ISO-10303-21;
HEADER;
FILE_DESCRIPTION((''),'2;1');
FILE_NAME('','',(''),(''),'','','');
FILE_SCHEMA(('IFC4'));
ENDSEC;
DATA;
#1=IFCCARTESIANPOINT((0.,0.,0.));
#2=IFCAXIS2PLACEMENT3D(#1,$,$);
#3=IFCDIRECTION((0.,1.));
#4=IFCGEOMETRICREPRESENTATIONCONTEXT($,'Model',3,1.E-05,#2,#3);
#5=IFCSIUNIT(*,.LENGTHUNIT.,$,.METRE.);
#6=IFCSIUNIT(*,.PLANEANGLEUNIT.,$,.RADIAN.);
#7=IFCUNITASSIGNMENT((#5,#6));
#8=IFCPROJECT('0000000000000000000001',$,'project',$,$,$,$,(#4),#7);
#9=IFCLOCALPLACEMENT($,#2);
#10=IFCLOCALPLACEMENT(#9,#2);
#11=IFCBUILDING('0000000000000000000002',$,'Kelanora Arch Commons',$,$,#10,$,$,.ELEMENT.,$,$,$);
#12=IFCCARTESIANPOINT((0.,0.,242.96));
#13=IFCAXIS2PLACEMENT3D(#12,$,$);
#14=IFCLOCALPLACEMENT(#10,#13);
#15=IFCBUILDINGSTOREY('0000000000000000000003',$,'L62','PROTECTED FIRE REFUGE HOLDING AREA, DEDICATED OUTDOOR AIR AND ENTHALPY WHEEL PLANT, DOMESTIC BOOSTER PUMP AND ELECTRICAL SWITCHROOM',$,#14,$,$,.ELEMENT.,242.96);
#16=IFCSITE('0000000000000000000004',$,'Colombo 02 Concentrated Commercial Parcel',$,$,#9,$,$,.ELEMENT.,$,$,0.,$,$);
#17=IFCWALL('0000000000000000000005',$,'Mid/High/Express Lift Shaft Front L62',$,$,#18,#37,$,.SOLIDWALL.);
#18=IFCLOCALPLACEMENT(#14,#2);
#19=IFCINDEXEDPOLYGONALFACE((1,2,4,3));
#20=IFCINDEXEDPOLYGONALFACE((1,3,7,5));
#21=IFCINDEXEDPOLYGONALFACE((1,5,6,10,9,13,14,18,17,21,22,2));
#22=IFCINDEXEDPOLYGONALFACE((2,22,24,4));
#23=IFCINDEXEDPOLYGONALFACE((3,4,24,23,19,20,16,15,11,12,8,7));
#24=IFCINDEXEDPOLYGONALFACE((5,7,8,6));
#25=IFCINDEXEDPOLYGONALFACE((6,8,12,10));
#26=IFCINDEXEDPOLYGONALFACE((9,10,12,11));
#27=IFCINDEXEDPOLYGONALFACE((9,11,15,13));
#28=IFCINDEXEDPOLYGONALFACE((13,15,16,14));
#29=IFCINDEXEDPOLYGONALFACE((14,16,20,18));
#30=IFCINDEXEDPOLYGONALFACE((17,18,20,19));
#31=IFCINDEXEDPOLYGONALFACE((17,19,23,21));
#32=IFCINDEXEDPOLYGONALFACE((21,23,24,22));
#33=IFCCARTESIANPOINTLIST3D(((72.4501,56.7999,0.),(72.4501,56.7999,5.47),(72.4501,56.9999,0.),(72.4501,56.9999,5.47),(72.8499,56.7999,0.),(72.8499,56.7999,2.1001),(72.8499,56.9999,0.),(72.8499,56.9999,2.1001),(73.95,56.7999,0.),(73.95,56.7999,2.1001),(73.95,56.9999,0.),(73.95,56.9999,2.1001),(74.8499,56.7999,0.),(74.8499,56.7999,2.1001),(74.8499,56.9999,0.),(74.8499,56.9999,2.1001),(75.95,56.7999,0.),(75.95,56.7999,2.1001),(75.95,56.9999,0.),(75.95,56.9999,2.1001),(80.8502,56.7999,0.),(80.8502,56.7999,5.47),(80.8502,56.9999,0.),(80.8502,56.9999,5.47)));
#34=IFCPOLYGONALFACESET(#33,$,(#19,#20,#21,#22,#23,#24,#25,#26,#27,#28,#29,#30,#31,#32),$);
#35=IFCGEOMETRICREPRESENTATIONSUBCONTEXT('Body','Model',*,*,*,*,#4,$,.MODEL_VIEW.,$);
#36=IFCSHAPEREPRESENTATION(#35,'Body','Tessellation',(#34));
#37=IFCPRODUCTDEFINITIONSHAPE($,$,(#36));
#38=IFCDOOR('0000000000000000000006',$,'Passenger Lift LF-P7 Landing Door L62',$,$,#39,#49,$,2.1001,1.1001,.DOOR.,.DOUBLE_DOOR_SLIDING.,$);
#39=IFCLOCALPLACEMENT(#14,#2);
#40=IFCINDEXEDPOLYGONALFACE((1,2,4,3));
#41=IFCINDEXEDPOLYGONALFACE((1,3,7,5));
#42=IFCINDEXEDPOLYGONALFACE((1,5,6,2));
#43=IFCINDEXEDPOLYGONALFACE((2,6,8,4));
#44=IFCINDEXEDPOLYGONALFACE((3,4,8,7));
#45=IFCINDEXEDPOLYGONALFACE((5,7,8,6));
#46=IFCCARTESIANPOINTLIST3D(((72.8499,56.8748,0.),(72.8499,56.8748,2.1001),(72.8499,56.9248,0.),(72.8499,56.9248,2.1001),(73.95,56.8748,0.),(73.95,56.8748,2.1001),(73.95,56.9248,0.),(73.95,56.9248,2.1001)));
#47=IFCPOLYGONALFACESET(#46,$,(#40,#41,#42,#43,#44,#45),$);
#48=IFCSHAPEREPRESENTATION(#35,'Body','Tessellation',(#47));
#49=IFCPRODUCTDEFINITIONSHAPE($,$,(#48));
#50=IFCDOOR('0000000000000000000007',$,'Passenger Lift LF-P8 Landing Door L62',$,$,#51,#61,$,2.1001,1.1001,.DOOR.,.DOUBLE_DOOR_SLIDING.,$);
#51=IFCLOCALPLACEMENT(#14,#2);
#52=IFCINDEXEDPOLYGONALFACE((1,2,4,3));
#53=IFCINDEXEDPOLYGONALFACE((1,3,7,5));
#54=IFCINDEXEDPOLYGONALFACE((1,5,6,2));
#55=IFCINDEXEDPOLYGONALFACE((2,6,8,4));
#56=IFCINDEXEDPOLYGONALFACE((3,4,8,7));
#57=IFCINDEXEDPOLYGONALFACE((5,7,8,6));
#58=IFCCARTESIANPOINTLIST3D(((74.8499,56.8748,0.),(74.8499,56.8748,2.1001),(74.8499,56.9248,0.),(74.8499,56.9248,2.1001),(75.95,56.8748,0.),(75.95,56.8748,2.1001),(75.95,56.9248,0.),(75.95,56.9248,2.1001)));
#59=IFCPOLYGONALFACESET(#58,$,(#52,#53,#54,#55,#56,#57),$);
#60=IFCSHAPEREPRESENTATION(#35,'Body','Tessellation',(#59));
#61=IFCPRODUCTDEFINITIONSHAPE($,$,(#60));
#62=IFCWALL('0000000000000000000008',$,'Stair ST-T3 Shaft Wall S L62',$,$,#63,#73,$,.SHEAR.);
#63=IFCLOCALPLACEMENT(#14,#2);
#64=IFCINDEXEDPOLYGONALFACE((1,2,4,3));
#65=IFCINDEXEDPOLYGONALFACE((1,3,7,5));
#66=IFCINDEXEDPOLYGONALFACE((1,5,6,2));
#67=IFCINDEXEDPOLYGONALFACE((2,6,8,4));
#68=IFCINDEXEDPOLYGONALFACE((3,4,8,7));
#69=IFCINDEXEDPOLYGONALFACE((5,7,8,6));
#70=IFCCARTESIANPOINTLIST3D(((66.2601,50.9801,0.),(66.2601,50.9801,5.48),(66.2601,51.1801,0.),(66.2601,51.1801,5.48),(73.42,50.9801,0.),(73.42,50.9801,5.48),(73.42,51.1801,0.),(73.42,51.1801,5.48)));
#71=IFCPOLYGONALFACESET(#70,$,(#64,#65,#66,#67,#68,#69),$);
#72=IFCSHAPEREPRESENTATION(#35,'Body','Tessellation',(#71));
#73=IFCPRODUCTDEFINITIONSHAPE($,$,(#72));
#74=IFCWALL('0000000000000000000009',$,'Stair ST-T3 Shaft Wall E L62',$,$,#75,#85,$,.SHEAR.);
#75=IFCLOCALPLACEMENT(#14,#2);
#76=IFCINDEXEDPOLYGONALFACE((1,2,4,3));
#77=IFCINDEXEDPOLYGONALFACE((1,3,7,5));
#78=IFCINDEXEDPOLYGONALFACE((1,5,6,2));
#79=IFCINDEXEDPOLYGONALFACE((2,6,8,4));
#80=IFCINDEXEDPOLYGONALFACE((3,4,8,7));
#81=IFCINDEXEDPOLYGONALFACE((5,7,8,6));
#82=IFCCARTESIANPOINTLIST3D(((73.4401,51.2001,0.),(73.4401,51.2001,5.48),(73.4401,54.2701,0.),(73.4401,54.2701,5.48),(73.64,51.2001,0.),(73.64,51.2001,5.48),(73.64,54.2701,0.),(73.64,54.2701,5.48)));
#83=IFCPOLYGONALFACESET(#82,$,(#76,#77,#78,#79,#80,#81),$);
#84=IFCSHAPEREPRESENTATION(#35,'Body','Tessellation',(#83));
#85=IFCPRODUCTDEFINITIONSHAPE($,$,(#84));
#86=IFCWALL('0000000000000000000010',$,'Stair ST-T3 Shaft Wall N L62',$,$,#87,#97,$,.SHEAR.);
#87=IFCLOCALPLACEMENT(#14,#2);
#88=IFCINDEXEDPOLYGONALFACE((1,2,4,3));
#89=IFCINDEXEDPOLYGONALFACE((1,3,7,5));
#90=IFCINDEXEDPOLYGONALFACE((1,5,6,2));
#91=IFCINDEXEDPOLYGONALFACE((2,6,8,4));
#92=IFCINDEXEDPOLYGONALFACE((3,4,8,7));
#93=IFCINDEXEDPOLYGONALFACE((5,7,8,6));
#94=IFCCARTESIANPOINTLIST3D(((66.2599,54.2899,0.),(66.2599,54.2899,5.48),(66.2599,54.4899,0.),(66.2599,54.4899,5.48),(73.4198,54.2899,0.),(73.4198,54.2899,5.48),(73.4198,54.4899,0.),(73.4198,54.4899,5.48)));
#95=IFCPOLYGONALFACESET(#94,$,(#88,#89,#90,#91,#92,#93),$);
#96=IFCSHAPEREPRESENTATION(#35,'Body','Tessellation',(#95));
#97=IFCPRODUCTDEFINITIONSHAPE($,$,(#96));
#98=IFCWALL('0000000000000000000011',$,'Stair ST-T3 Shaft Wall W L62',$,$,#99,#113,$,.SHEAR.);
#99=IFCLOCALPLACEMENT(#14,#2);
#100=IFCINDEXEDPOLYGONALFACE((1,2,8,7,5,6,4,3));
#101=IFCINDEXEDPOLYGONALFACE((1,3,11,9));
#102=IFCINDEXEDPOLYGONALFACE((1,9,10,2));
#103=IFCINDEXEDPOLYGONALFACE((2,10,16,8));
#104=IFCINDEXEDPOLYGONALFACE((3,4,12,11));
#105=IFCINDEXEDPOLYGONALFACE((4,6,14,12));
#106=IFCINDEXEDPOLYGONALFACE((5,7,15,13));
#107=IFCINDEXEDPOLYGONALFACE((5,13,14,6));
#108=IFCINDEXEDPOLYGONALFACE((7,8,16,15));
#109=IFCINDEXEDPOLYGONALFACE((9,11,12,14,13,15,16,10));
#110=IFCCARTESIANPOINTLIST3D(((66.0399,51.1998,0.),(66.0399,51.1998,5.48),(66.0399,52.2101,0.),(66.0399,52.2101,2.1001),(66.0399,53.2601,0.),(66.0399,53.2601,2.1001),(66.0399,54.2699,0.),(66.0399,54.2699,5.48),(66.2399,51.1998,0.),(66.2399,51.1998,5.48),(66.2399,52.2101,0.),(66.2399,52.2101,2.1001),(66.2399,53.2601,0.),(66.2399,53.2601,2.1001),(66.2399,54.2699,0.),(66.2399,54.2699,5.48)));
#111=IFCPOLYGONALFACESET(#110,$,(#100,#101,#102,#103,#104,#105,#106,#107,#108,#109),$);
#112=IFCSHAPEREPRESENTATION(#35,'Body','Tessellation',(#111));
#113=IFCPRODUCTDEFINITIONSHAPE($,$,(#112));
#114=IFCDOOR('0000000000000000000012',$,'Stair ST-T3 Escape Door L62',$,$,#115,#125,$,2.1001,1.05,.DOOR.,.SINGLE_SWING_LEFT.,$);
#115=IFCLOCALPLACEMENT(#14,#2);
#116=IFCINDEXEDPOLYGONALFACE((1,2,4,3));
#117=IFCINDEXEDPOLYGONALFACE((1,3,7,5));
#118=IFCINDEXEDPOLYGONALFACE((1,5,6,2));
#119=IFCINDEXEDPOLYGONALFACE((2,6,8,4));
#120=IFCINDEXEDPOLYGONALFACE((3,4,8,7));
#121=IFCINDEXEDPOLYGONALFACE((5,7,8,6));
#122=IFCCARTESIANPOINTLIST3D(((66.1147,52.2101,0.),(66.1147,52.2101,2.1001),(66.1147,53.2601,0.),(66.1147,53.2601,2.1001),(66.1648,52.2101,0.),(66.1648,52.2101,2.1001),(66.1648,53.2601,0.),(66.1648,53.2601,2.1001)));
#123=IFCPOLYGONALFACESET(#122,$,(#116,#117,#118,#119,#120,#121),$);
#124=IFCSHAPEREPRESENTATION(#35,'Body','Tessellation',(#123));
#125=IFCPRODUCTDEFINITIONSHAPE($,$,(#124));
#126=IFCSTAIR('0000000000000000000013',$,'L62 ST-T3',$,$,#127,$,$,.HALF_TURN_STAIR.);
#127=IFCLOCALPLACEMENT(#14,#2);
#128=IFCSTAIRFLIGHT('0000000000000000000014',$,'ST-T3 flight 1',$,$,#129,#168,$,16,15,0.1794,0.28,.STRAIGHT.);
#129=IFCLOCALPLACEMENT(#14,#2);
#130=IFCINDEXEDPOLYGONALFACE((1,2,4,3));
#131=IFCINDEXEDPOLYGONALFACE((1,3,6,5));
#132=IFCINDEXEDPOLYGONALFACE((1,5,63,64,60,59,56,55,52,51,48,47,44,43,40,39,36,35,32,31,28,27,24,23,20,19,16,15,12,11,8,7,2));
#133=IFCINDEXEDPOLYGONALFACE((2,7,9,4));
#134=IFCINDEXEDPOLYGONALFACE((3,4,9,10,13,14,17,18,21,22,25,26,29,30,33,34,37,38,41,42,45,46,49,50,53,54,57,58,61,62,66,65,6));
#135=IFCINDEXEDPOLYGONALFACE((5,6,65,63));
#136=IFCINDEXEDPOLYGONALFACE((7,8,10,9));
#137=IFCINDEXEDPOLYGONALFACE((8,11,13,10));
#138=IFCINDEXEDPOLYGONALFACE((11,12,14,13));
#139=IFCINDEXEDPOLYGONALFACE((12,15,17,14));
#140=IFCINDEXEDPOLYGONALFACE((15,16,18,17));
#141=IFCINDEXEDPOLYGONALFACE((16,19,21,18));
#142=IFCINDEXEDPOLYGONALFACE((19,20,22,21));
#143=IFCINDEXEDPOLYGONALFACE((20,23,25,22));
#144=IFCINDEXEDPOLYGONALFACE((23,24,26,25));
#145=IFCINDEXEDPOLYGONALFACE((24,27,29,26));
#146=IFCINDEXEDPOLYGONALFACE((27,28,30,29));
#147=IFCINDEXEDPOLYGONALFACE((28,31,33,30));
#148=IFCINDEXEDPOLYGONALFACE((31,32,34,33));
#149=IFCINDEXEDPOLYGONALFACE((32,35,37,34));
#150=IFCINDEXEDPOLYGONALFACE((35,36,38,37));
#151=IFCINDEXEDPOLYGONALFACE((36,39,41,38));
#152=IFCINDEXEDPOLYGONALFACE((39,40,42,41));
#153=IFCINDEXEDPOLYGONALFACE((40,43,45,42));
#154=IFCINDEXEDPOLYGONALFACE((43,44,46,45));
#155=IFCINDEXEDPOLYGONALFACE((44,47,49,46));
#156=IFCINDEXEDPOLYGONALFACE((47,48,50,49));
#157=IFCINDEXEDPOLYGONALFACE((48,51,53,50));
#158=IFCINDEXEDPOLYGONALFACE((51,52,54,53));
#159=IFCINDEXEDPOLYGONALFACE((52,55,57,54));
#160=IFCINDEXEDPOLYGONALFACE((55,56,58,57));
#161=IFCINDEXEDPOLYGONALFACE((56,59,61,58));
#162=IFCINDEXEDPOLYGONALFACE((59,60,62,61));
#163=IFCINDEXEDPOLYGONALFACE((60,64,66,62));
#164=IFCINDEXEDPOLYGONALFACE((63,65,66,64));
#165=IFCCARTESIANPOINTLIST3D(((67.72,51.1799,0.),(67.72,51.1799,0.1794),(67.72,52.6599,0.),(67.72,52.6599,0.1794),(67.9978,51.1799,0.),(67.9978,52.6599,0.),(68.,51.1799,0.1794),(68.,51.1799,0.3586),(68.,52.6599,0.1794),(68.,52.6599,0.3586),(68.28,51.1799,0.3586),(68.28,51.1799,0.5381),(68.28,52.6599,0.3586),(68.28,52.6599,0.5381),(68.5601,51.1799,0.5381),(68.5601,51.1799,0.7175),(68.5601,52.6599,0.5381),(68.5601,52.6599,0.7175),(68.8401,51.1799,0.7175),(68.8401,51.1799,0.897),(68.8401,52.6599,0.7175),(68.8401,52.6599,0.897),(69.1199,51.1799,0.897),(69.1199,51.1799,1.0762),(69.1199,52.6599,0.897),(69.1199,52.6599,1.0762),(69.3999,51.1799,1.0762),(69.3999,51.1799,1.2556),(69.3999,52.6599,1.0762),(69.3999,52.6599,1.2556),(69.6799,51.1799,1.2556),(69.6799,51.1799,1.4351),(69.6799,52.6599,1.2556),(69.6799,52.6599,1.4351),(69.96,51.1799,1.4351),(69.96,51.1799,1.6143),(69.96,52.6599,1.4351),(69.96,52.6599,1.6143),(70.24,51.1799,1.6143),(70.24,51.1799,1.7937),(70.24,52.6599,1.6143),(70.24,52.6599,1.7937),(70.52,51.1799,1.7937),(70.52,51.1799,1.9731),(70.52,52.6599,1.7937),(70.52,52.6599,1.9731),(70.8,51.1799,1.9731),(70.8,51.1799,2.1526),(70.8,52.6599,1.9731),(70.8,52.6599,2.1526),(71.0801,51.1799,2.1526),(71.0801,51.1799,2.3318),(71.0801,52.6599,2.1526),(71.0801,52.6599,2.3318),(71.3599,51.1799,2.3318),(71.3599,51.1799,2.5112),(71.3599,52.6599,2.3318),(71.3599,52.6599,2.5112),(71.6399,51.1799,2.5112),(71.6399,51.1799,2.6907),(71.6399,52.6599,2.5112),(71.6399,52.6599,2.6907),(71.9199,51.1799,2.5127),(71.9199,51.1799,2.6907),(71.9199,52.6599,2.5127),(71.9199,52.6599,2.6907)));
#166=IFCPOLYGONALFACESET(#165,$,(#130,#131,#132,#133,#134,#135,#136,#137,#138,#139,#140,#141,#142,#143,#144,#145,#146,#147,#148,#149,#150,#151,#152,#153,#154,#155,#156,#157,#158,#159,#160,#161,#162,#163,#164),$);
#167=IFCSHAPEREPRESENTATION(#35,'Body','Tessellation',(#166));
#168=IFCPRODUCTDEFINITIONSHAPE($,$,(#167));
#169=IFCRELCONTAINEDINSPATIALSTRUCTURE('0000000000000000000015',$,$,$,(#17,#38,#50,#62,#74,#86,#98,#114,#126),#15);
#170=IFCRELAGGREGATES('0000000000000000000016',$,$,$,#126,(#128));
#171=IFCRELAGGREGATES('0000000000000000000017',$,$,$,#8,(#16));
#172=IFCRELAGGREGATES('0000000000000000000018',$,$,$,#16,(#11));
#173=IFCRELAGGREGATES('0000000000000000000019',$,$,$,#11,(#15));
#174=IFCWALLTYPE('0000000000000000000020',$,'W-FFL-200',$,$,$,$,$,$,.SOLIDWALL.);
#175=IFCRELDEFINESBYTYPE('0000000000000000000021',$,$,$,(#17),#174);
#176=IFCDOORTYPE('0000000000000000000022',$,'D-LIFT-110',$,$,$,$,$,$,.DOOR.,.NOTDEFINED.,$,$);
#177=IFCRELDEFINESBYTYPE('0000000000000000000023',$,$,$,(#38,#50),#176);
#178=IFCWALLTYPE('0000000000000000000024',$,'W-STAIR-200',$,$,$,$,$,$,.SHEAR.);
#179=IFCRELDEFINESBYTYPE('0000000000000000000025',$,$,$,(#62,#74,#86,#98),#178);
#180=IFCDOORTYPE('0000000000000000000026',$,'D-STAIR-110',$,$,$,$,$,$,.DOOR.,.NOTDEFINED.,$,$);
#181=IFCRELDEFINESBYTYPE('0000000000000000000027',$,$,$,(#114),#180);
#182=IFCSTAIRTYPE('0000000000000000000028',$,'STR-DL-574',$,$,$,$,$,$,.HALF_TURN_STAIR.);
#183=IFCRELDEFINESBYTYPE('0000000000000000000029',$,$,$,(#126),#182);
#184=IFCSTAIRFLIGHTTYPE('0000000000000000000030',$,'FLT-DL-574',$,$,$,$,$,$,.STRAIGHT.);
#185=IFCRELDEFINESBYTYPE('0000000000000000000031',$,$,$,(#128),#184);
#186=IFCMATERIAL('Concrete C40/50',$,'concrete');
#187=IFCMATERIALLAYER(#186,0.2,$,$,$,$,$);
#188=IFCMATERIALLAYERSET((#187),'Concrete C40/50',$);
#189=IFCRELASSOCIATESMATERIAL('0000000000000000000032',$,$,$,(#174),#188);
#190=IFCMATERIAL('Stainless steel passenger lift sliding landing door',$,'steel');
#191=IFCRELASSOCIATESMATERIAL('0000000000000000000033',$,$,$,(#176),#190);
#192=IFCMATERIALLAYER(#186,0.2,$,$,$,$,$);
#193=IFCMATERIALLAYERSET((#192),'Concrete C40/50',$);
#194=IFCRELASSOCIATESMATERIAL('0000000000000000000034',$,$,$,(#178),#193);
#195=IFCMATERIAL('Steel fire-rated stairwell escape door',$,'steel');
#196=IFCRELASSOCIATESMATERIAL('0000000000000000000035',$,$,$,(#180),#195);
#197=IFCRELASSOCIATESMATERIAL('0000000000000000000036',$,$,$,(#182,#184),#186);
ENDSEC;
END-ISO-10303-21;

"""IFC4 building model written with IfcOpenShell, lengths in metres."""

from ifc_helpers import new_model, si_unit, direction, frame, frame_2d, origin, place, context, subcontext, project, spatial, polyline, rectangle, outline, extrude, material, layer, layer_set, type_object, element, fill, aggregate, save


model = new_model("IFC4")

# Units and contexts
model_context = context("Model", 3, precision=1e-05, world=origin(), true_north=direction((0.0, 1.0)))
body_context = subcontext(model_context, "Body", "Model", "MODEL_VIEW")
ifc_project = project(units=[si_unit("LENGTHUNIT", "METRE"), si_unit("PLANEANGLEUNIT", "RADIAN")], contexts=[model_context])

# Site, building, storey
site_placement = place(None, origin())
site = spatial("IfcSite", under=ifc_project, at=site_placement, Name="Colombo 02 Concentrated Commercial Parcel", CompositionType="ELEMENT", RefElevation=0.0)
building_placement = place(site_placement, origin())
building = spatial("IfcBuilding", under=site, at=building_placement, Name="Kelanora Arch Commons", CompositionType="ELEMENT")
storey_placement = place(building_placement, frame((0.0, 0.0, 242.96)))
storey = spatial("IfcBuildingStorey", under=building, at=storey_placement, Name="L62", Description="PROTECTED FIRE REFUGE HOLDING AREA, DEDICATED OUTDOOR AIR AND ENTHALPY WHEEL PLANT, DOMESTIC BOOSTER PUMP AND ELECTRICAL SWITCHROOM", CompositionType="ELEMENT", Elevation=242.96)

# Wall, openings, doors
ifc_material_1 = material(Name="Concrete C40/50", Category="concrete")
ifc_layer_1 = layer(ifc_material_1, 0.2)
ifc_layer_set_1 = layer_set([ifc_layer_1], Name="Concrete C40/50")
wall_type_1 = type_object("IfcWallType", Name="W-FFL-200", PredefinedType="SOLIDWALL", material=ifc_layer_set_1)
wall_1_placement = place(storey_placement, frame((72.45, 56.8999, 0.0), z_axis=(0.0, 0.0, 1.0), x_axis=(1.0, 0.0, 0.0)))
wall_1 = element("IfcWall", 1, at=wall_1_placement, inside=storey, type_object=wall_type_1, Name="Mid/High/Express Lift Shaft Front L62", PredefinedType="SOLIDWALL", context=body_context, shape_type="SweptSolid", body=[
    extrude(rectangle(XDim=8.4001, YDim=0.2, at=frame_2d((4.2002, 0.0))), origin(), (0.0, 0.0, 1.0), 5.47),
])
opening_1_placement = place(wall_1_placement, frame((0.3999, 0.0, 0.0)))
opening_1 = element("IfcOpeningElement", 2, at=opening_1_placement, cuts=wall_1, PredefinedType="OPENING", context=body_context, shape_type="SweptSolid", body=[
    extrude(rectangle(XDim=1.1001, YDim=2.1001, at=frame_2d((0.55, 1.05))), frame((0.0, 0.1099, 0.0), z_axis=(0.0, -1.0, 0.0), x_axis=(1.0, 0.0, 0.0)), (0.0, 0.0, 1.0), 0.22),
])
opening_2_placement = place(wall_1_placement, frame((2.3999, 0.0, 0.0)))
opening_2 = element("IfcOpeningElement", 3, at=opening_2_placement, cuts=wall_1, PredefinedType="OPENING", context=body_context, shape_type="SweptSolid", body=[
    extrude(rectangle(XDim=1.1001, YDim=2.1001, at=frame_2d((0.55, 1.05))), frame((0.0, 0.1099, 0.0), z_axis=(0.0, -1.0, 0.0), x_axis=(1.0, 0.0, 0.0)), (0.0, 0.0, 1.0), 0.22),
])
ifc_material_2 = material(Name="Stainless steel passenger lift sliding landing door", Category="steel")
door_type_1 = type_object("IfcDoorType", Name="D-LIFT-110", OperationType="NOTDEFINED", PredefinedType="DOOR", material=ifc_material_2)
door_1_placement = place(opening_1_placement, origin())
door_1 = element("IfcDoor", 4, at=door_1_placement, inside=storey, type_object=door_type_1, Name="Passenger Lift LF-P7 Landing Door L62", OperationType="DOUBLE_DOOR_SLIDING", OverallHeight=2.1001, OverallWidth=1.1001, PredefinedType="DOOR", context=body_context, shape_type="SweptSolid", body=[
    extrude(rectangle(XDim=1.1001, YDim=2.1001, at=frame_2d((0.55, 1.05))), frame((0.0, 0.0249, 0.0), z_axis=(0.0, -1.0, 0.0), x_axis=(1.0, 0.0, 0.0)), (0.0, 0.0, 1.0), 0.05),
])
fill(opening_1, door_1)
door_2_placement = place(opening_2_placement, origin())
door_2 = element("IfcDoor", 5, at=door_2_placement, inside=storey, type_object=door_type_1, Name="Passenger Lift LF-P8 Landing Door L62", OperationType="DOUBLE_DOOR_SLIDING", OverallHeight=2.1001, OverallWidth=1.1001, PredefinedType="DOOR", context=body_context, shape_type="SweptSolid", body=[
    extrude(rectangle(XDim=1.1001, YDim=2.1001, at=frame_2d((0.55, 1.05))), frame((0.0, 0.0249, 0.0), z_axis=(0.0, -1.0, 0.0), x_axis=(1.0, 0.0, 0.0)), (0.0, 0.0, 1.0), 0.05),
])
fill(opening_2, door_2)

# Walls
ifc_layer_2 = layer(ifc_material_1, 0.2)
ifc_layer_set_2 = layer_set([ifc_layer_2], Name="Concrete C40/50")
wall_type_2 = type_object("IfcWallType", Name="W-STAIR-200", PredefinedType="SHEAR", material=ifc_layer_set_2)
wall_2_placement = place(storey_placement, frame((66.26, 51.0801, 0.0), z_axis=(0.0, 0.0, 1.0), x_axis=(1.0, 0.0, 0.0)))
element("IfcWall", 6, at=wall_2_placement, inside=storey, type_object=wall_type_2, Name="Stair ST-T3 Shaft Wall S L62", PredefinedType="SHEAR", context=body_context, shape_type="SweptSolid", body=[
    extrude(rectangle(XDim=7.1599, YDim=0.2, at=frame_2d((3.5801, 0.0))), origin(), (0.0, 0.0, 1.0), 5.48),
])
wall_3_placement = place(storey_placement, frame((73.54, 51.2, 0.0), z_axis=(0.0, 0.0, 1.0), x_axis=(0.0, 1.0, 0.0)))
element("IfcWall", 7, at=wall_3_placement, inside=storey, type_object=wall_type_2, Name="Stair ST-T3 Shaft Wall E L62", PredefinedType="SHEAR", context=body_context, shape_type="SweptSolid", body=[
    extrude(rectangle(XDim=3.0701, YDim=0.2, at=frame_2d((1.5352, 0.0))), origin(), (0.0, 0.0, 1.0), 5.48),
])
wall_4_placement = place(storey_placement, frame((73.4199, 54.3899, 0.0), z_axis=(0.0, 0.0, 1.0), x_axis=(-1.0, 0.0, 0.0)))
element("IfcWall", 8, at=wall_4_placement, inside=storey, type_object=wall_type_2, Name="Stair ST-T3 Shaft Wall N L62", PredefinedType="SHEAR", context=body_context, shape_type="SweptSolid", body=[
    extrude(rectangle(XDim=7.1599, YDim=0.2, at=frame_2d((3.5801, 0.0))), origin(), (0.0, 0.0, 1.0), 5.48),
])

# Wall, opening, door
wall_5_placement = place(storey_placement, frame((66.1399, 54.27, 0.0), z_axis=(0.0, 0.0, 1.0), x_axis=(0.0, -1.0, 0.0)))
wall_5 = element("IfcWall", 9, at=wall_5_placement, inside=storey, type_object=wall_type_2, Name="Stair ST-T3 Shaft Wall W L62", PredefinedType="SHEAR", context=body_context, shape_type="SweptSolid", body=[
    extrude(rectangle(XDim=3.0701, YDim=0.2, at=frame_2d((1.5352, 0.0))), origin(), (0.0, 0.0, 1.0), 5.48),
])
opening_3_placement = place(wall_5_placement, frame((1.01, 0.0, 0.0)))
opening_3 = element("IfcOpeningElement", 10, at=opening_3_placement, cuts=wall_5, PredefinedType="OPENING", context=body_context, shape_type="SweptSolid", body=[
    extrude(rectangle(XDim=1.05, YDim=2.1001, at=frame_2d((0.5249, 1.05))), frame((0.0, 0.1099, 0.0), z_axis=(0.0, -1.0, 0.0), x_axis=(1.0, 0.0, 0.0)), (0.0, 0.0, 1.0), 0.22),
])
ifc_material_3 = material(Name="Steel fire-rated stairwell escape door", Category="steel")
door_type_2 = type_object("IfcDoorType", Name="D-STAIR-110", OperationType="NOTDEFINED", PredefinedType="DOOR", material=ifc_material_3)
door_3_placement = place(opening_3_placement, origin())
door_3 = element("IfcDoor", 11, at=door_3_placement, inside=storey, type_object=door_type_2, Name="Stair ST-T3 Escape Door L62", OperationType="SINGLE_SWING_LEFT", OverallHeight=2.1001, OverallWidth=1.05, PredefinedType="DOOR", context=body_context, shape_type="SweptSolid", body=[
    extrude(rectangle(XDim=1.05, YDim=2.1001, at=frame_2d((0.5249, 1.05))), frame((0.0, 0.0249, 0.0), z_axis=(0.0, -1.0, 0.0), x_axis=(1.0, 0.0, 0.0)), (0.0, 0.0, 1.0), 0.05),
])
fill(opening_3, door_3)

# Stair, stair flight
stair_type = type_object("IfcStairType", Name="STR-DL-574", PredefinedType="HALF_TURN_STAIR", material=ifc_material_1)
stair_placement = place(storey_placement, origin())
stair = element("IfcStair", 12, at=stair_placement, inside=storey, type_object=stair_type, Name="L62 ST-T3", PredefinedType="HALF_TURN_STAIR")
stair_flight_type = type_object("IfcStairFlightType", Name="FLT-DL-574", PredefinedType="STRAIGHT", material=ifc_material_1)
stair_flight_1_placement = place(storey_placement, frame((67.72, 51.9199, 0.0), z_axis=(0.0, 0.0, 1.0), x_axis=(1.0, 0.0, 0.0)))
stair_flight_1 = element("IfcStairFlight", 13, at=stair_flight_1_placement, type_object=stair_flight_type, Name="ST-T3 flight 1", NumberOfRisers=16, NumberOfTreads=15, PredefinedType="STRAIGHT", RiserHeight=0.1794, TreadLength=0.28, context=body_context, shape_type="SweptSolid", body=[
    extrude(outline(polyline([(0.0, 0.0), (0.0, 0.1794), (0.28, 0.1794), (0.28, 0.3586), (0.5601, 0.3586), (0.5601, 0.5381), (0.8401, 0.5381), (0.8401, 0.7175), (1.1201, 0.7175), (1.1201, 0.897), (1.3999, 0.897), (1.3999, 1.0762), (1.6799, 1.0762), (1.6799, 1.2556), (1.96, 1.2556), (1.96, 1.4351), (2.24, 1.4351), (2.24, 1.6143), (2.52, 1.6143), (2.52, 1.7937), (2.8, 1.7937), (2.8, 1.9731), (3.0801, 1.9731), (3.0801, 2.1526), (3.3601, 2.1526), (3.3601, 2.3318), (3.6399, 2.3318), (3.6399, 2.5112), (3.9199, 2.5112), (3.9199, 2.6907), (4.2, 2.6907), (4.2, 2.8701), (4.2, 2.5127), (0.2778, 0.0), (0.0, 0.0)])), frame((0.0, 0.74, 0.0), z_axis=(0.0, -1.0, 0.0), x_axis=(1.0, 0.0, 0.0)), (0.0, 0.0, 1.0), 1.48),
])
aggregate(stair, [stair_flight_1])

save(model, "model.ifc")
